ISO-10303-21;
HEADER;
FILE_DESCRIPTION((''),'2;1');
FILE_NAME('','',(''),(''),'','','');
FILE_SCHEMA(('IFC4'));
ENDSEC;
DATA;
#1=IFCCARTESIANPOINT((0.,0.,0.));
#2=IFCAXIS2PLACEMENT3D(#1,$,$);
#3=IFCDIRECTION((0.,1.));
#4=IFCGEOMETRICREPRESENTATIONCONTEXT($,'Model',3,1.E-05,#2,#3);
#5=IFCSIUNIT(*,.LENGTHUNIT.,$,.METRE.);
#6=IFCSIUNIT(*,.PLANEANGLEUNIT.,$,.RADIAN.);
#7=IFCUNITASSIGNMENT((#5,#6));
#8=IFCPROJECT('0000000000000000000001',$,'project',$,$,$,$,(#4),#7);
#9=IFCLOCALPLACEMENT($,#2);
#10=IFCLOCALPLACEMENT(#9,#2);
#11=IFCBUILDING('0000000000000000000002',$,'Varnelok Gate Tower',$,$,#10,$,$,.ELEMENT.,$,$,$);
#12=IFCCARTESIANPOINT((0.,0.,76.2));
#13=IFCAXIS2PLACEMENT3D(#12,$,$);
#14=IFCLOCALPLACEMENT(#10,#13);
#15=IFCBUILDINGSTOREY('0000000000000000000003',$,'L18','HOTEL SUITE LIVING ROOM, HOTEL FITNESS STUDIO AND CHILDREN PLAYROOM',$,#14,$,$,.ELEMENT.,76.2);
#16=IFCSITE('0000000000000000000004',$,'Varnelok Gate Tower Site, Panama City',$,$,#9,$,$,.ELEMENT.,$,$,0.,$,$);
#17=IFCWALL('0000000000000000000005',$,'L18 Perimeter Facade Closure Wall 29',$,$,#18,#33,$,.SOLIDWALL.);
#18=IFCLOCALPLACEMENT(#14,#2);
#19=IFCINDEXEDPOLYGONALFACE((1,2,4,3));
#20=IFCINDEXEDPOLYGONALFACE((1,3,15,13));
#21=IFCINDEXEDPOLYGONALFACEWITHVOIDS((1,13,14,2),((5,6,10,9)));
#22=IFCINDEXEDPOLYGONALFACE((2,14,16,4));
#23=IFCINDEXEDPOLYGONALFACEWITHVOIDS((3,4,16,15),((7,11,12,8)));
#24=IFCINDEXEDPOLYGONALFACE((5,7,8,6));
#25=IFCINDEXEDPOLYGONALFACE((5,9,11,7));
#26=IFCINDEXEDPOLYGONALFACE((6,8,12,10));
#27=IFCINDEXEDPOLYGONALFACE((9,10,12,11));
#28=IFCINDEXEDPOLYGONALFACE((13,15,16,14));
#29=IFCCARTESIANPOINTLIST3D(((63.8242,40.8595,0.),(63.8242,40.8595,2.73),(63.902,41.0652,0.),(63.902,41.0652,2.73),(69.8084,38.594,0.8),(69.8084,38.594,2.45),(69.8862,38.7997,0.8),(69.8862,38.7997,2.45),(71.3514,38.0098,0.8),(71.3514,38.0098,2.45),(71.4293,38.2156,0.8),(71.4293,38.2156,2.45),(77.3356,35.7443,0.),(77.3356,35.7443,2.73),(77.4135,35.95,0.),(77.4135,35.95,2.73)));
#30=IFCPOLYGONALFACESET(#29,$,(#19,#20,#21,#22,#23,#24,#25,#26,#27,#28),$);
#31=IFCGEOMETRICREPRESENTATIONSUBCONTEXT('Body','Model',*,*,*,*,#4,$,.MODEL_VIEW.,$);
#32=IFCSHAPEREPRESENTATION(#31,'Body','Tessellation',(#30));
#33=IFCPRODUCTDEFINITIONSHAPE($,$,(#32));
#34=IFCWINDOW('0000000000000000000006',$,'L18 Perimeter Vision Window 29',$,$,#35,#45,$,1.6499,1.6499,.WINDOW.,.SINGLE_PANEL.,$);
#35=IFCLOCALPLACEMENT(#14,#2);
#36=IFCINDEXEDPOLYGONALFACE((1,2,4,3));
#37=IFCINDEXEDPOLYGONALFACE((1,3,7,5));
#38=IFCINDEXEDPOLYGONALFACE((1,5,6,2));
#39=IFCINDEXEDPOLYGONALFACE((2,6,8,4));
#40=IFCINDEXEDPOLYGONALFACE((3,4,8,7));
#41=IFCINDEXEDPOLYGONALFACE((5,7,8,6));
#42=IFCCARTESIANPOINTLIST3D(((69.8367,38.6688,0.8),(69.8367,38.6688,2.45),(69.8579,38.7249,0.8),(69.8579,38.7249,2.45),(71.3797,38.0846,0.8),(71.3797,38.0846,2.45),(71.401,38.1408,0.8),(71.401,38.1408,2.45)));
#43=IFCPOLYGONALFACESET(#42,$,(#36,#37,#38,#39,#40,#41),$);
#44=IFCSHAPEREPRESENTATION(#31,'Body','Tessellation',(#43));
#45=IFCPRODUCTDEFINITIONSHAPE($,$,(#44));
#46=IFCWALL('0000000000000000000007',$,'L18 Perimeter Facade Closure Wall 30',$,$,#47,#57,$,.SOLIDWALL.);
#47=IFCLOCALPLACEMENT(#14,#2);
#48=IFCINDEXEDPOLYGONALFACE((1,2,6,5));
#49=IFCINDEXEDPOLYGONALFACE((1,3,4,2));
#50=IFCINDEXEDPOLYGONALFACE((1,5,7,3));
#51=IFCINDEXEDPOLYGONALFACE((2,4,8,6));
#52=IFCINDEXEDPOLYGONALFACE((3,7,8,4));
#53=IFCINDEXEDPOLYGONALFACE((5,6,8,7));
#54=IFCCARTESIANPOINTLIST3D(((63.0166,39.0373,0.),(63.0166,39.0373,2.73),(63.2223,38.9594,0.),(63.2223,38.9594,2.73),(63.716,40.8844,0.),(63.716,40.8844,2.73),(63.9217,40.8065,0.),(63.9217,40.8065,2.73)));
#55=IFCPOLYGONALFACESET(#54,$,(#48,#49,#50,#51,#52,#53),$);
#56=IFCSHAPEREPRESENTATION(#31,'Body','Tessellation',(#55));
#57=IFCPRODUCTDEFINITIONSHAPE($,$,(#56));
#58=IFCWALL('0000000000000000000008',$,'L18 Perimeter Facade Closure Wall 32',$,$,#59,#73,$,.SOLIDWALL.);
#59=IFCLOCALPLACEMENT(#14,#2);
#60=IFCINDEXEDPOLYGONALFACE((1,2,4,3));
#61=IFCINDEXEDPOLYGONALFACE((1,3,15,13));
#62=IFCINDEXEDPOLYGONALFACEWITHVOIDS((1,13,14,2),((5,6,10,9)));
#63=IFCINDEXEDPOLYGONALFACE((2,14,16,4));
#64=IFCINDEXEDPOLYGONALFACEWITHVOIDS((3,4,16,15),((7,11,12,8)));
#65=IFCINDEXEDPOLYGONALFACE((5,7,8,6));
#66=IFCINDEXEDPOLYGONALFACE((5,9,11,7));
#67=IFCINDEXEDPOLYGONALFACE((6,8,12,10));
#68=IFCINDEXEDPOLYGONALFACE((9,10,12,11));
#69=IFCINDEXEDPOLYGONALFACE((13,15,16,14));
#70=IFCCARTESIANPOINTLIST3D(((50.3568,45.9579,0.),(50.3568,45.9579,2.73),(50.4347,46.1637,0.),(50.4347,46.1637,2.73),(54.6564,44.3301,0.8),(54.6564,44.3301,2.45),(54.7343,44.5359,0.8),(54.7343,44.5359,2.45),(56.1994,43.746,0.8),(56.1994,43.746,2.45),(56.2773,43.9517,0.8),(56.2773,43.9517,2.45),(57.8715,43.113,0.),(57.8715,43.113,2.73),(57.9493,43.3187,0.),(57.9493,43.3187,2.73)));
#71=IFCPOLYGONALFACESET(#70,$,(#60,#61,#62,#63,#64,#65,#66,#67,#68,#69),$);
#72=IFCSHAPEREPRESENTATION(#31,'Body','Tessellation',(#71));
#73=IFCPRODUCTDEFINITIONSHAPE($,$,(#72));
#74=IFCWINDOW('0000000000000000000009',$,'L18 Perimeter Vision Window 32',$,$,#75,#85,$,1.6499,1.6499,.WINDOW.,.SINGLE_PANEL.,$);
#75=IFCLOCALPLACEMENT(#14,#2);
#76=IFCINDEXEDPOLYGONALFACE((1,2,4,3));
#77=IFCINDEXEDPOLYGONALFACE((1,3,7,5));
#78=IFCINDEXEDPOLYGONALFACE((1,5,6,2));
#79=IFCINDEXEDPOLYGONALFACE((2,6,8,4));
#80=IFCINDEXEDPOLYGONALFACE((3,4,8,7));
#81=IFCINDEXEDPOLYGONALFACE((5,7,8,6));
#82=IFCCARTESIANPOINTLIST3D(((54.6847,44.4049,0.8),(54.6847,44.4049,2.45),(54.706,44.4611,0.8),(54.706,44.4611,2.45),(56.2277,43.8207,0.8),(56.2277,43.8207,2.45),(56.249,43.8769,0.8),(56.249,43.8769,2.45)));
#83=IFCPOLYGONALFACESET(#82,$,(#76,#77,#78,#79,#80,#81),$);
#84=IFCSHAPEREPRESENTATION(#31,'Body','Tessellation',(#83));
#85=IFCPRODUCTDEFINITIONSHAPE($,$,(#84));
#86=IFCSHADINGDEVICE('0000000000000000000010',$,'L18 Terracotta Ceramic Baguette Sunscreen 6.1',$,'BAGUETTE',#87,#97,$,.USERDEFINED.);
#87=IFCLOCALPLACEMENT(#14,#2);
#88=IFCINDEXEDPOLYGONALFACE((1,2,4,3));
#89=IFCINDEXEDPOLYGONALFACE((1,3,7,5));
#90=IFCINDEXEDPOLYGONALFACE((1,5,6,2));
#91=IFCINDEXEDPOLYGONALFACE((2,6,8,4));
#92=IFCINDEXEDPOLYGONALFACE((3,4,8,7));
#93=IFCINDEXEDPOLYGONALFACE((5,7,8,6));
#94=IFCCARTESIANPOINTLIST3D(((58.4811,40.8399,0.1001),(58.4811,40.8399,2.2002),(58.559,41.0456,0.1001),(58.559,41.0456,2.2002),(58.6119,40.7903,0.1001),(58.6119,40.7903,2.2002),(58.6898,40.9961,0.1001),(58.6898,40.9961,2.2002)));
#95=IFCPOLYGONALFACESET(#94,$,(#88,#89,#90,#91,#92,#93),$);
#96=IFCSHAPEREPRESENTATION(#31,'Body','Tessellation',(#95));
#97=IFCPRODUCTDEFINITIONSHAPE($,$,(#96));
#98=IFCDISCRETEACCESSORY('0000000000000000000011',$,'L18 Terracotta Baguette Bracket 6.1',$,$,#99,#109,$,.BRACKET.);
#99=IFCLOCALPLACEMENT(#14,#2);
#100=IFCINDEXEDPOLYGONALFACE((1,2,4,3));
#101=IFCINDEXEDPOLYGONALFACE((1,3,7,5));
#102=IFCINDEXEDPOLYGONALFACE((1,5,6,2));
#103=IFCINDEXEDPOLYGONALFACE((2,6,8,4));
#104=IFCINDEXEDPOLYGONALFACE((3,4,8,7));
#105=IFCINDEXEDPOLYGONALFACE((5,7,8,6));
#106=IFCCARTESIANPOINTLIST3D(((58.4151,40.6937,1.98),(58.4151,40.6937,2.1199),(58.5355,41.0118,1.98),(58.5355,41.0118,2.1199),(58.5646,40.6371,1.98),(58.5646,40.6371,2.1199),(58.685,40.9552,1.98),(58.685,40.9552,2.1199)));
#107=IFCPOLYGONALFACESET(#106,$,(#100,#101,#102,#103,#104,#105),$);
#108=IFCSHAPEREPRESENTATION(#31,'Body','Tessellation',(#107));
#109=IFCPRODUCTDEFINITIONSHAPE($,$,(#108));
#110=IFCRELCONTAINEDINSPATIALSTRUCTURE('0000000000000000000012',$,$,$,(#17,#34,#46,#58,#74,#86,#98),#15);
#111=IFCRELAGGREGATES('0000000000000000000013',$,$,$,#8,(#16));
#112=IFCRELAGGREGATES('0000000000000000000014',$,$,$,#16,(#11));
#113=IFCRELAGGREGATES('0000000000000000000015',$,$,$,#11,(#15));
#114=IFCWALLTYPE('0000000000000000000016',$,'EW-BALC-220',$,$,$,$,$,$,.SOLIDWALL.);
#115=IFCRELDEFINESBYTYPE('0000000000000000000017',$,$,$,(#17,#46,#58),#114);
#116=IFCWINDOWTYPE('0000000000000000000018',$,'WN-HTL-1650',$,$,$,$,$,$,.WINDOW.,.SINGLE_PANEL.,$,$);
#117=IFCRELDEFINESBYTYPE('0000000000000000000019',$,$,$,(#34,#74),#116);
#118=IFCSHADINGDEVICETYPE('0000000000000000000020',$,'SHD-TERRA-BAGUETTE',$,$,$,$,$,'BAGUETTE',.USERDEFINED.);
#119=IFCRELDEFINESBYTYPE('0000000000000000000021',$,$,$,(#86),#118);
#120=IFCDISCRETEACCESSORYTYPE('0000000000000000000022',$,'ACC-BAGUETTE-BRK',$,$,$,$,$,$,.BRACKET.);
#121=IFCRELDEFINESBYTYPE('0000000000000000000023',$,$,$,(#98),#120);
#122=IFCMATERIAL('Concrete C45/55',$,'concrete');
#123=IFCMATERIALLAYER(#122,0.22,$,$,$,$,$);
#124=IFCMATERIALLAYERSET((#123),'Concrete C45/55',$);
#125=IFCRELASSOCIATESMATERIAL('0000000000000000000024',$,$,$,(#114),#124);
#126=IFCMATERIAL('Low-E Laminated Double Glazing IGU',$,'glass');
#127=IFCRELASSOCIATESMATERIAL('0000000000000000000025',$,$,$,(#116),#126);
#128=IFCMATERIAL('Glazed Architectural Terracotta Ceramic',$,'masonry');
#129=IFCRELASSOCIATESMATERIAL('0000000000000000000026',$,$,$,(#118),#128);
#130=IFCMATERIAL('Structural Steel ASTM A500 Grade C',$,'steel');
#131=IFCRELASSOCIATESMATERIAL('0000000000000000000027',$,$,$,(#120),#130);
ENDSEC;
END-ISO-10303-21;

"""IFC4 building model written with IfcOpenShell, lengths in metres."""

from ifc_helpers import new_model, si_unit, direction, frame, frame_2d, origin, origin_2d, place, context, subcontext, project, spatial, rectangle, extrude, source, transform, mapped, material, layer, layer_set, type_object, element, fill, save


model = new_model("IFC4")

# Units and contexts
model_context = context("Model", 3, precision=1e-05, world=origin(), true_north=direction((0.0, 1.0)))
body_context = subcontext(model_context, "Body", "Model", "MODEL_VIEW")
ifc_project = project(units=[si_unit("LENGTHUNIT", "METRE"), si_unit("PLANEANGLEUNIT", "RADIAN")], contexts=[model_context])

# Site, building, storey
site_placement = place(None, origin())
site = spatial("IfcSite", under=ifc_project, at=site_placement, Name="Varnelok Gate Tower Site, Panama City", CompositionType="ELEMENT", RefElevation=0.0)
building_placement = place(site_placement, origin())
building = spatial("IfcBuilding", under=site, at=building_placement, Name="Varnelok Gate Tower", CompositionType="ELEMENT")
storey_placement = place(building_placement, frame((0.0, 0.0, 76.2)))
storey = spatial("IfcBuildingStorey", under=building, at=storey_placement, Name="L18", Description="HOTEL SUITE LIVING ROOM, HOTEL FITNESS STUDIO AND CHILDREN PLAYROOM", CompositionType="ELEMENT", Elevation=76.2)

# Shared definitions
ifc_material_1 = material(Name="Low-E Laminated Double Glazing IGU", Category="glass")

# Shared definitions
ifc_material_2 = material(Name="Concrete C45/55", Category="concrete")
ifc_layer_1 = layer(ifc_material_2, 0.22)
ifc_layer_set_1 = layer_set([ifc_layer_1], Name="Concrete C45/55")
wall_type = type_object("IfcWallType", Name="EW-BALC-220", PredefinedType="SOLIDWALL", material=ifc_layer_set_1)

# Wall, opening, window
wall_1_placement = place(storey_placement, frame((77.3745, 35.8472, 0.0), z_axis=(0.0, 0.0, 1.0), x_axis=(-0.935222, 0.354061, 0.0)))
wall_1 = element("IfcWall", 1, at=wall_1_placement, inside=storey, type_object=wall_type, Name="L18 Perimeter Facade Closure Wall 29", PredefinedType="SOLIDWALL", context=body_context, shape_type="SweptSolid", body=[
    extrude(rectangle(XDim=14.4473, YDim=0.22, at=frame_2d((7.2236, 0.0))), origin(), (0.0, 0.0, 1.0), 2.73),
])
opening_1_placement = place(wall_1_placement, frame((6.3987, 0.0, 0.8)))
opening_1 = element("IfcOpeningElement", 2, at=opening_1_placement, cuts=wall_1, PredefinedType="OPENING", context=body_context, shape_type="SweptSolid", body=[
    extrude(rectangle(XDim=1.6499, YDim=1.6499, at=frame_2d((0.825, 0.825))), frame((0.0, 0.1199, 0.0), z_axis=(0.0, -1.0, 0.0), x_axis=(1.0, 0.0, 0.0)), (0.0, 0.0, 1.0), 0.24),
])
window_type = type_object("IfcWindowType", Name="WN-HTL-1650", PartitioningType="SINGLE_PANEL", PredefinedType="WINDOW", material=ifc_material_1)
window_1_placement = place(opening_1_placement, origin())
window_1 = element("IfcWindow", 3, at=window_1_placement, inside=storey, type_object=window_type, Name="L18 Perimeter Vision Window 29", OverallHeight=1.6499, OverallWidth=1.6499, PartitioningType="SINGLE_PANEL", PredefinedType="WINDOW", context=body_context, shape_type="SweptSolid", body=[
    extrude(rectangle(XDim=1.6499, YDim=1.6499, at=frame_2d((0.825, 0.825))), frame((0.0, 0.03, 0.0), z_axis=(0.0, -1.0, 0.0), x_axis=(1.0, 0.0, 0.0)), (0.0, 0.0, 1.0), 0.0601),
])
fill(opening_1, window_1)

# Wall
wall_2_placement = place(storey_placement, frame((63.8188, 40.8455, 0.0), z_axis=(0.0, 0.0, 1.0), x_axis=(-0.354129, -0.935197, 0.0)))
element("IfcWall", 4, at=wall_2_placement, inside=storey, type_object=wall_type, Name="L18 Perimeter Facade Closure Wall 30", PredefinedType="SOLIDWALL", context=body_context, shape_type="SweptSolid", body=[
    extrude(rectangle(XDim=1.9751, YDim=0.22, at=frame_2d((0.9875, 0.0))), origin(), (0.0, 0.0, 1.0), 2.73),
])

# Wall, opening, window
wall_3_placement = place(storey_placement, frame((57.9104, 43.2158, 0.0), z_axis=(0.0, 0.0, 1.0), x_axis=(-0.935221, 0.354065, 0.0)))
wall_3 = element("IfcWall", 5, at=wall_3_placement, inside=storey, type_object=wall_type, Name="L18 Perimeter Facade Closure Wall 32", PredefinedType="SOLIDWALL", context=body_context, shape_type="SweptSolid", body=[
    extrude(rectangle(XDim=8.0352, YDim=0.22, at=frame_2d((4.0176, 0.0))), origin(), (0.0, 0.0, 1.0), 2.73),
])
opening_2_placement = place(wall_3_placement, frame((1.7878, 0.0, 0.8)))
opening_2 = element("IfcOpeningElement", 6, at=opening_2_placement, cuts=wall_3, PredefinedType="OPENING", context=body_context, shape_type="SweptSolid", body=[
    extrude(rectangle(XDim=1.6499, YDim=1.6499, at=frame_2d((0.825, 0.825))), frame((0.0, 0.1199, 0.0), z_axis=(0.0, -1.0, 0.0), x_axis=(1.0, 0.0, 0.0)), (0.0, 0.0, 1.0), 0.24),
])
window_2_placement = place(opening_2_placement, origin())
window_2 = element("IfcWindow", 7, at=window_2_placement, inside=storey, type_object=window_type, Name="L18 Perimeter Vision Window 32", OverallHeight=1.6499, OverallWidth=1.6499, PartitioningType="SINGLE_PANEL", PredefinedType="WINDOW", context=body_context, shape_type="SweptSolid", body=[
    extrude(rectangle(XDim=1.6499, YDim=1.6499, at=frame_2d((0.825, 0.825))), frame((0.0, 0.03, 0.0), z_axis=(0.0, -1.0, 0.0), x_axis=(1.0, 0.0, 0.0)), (0.0, 0.0, 1.0), 0.0601),
])
fill(opening_2, window_2)

# Shading device
ifc_material_3 = material(Name="Glazed Architectural Terracotta Ceramic", Category="masonry")
shading_device_type = type_object("IfcShadingDeviceType", Name="SHD-TERRA-BAGUETTE", ElementType="BAGUETTE", PredefinedType="USERDEFINED", material=ifc_material_3)
shared_shape_1 = source(origin(), body_context, "Body", "SweptSolid", [
    extrude(rectangle(XDim=0.1399, YDim=0.22, at=origin_2d()), origin(), (0.0, 0.0, 1.0), 2.1001),
])
shading_device_placement = place(storey_placement, frame((58.5854, 40.918, 0.1001), z_axis=(0.0, 0.0, 1.0), x_axis=(0.935222, -0.354063, 0.0)))
element("IfcShadingDevice", 8, at=shading_device_placement, inside=storey, type_object=shading_device_type, Name="L18 Terracotta Ceramic Baguette Sunscreen 6.1", ObjectType="BAGUETTE", PredefinedType="USERDEFINED", context=body_context, shape_type="MappedRepresentation", body=[
    mapped(shared_shape_1, transform((0.0, 0.0, 0.0), scale=1.0)),
])

# Discrete accessory
ifc_material_4 = material(Name="Structural Steel ASTM A500 Grade C", Category="steel")
discrete_accessory_type = type_object("IfcDiscreteAccessoryType", Name="ACC-BAGUETTE-BRK", PredefinedType="BRACKET", material=ifc_material_4)
shared_shape_2 = source(origin(), body_context, "Body", "SweptSolid", [
    extrude(rectangle(XDim=0.1599, YDim=0.3401, at=origin_2d()), origin(), (0.0, 0.0, 1.0), 0.1399),
])
discrete_accessory_placement = place(storey_placement, frame((58.55, 40.8245, 1.98), z_axis=(0.0, 0.0, 1.0), x_axis=(0.935222, -0.354063, 0.0)))
element("IfcDiscreteAccessory", 9, at=discrete_accessory_placement, inside=storey, type_object=discrete_accessory_type, Name="L18 Terracotta Baguette Bracket 6.1", PredefinedType="BRACKET", context=body_context, shape_type="MappedRepresentation", body=[
    mapped(shared_shape_2, transform((0.0, 0.0, 0.0), scale=1.0)),
])

save(model, "model.ifc")
